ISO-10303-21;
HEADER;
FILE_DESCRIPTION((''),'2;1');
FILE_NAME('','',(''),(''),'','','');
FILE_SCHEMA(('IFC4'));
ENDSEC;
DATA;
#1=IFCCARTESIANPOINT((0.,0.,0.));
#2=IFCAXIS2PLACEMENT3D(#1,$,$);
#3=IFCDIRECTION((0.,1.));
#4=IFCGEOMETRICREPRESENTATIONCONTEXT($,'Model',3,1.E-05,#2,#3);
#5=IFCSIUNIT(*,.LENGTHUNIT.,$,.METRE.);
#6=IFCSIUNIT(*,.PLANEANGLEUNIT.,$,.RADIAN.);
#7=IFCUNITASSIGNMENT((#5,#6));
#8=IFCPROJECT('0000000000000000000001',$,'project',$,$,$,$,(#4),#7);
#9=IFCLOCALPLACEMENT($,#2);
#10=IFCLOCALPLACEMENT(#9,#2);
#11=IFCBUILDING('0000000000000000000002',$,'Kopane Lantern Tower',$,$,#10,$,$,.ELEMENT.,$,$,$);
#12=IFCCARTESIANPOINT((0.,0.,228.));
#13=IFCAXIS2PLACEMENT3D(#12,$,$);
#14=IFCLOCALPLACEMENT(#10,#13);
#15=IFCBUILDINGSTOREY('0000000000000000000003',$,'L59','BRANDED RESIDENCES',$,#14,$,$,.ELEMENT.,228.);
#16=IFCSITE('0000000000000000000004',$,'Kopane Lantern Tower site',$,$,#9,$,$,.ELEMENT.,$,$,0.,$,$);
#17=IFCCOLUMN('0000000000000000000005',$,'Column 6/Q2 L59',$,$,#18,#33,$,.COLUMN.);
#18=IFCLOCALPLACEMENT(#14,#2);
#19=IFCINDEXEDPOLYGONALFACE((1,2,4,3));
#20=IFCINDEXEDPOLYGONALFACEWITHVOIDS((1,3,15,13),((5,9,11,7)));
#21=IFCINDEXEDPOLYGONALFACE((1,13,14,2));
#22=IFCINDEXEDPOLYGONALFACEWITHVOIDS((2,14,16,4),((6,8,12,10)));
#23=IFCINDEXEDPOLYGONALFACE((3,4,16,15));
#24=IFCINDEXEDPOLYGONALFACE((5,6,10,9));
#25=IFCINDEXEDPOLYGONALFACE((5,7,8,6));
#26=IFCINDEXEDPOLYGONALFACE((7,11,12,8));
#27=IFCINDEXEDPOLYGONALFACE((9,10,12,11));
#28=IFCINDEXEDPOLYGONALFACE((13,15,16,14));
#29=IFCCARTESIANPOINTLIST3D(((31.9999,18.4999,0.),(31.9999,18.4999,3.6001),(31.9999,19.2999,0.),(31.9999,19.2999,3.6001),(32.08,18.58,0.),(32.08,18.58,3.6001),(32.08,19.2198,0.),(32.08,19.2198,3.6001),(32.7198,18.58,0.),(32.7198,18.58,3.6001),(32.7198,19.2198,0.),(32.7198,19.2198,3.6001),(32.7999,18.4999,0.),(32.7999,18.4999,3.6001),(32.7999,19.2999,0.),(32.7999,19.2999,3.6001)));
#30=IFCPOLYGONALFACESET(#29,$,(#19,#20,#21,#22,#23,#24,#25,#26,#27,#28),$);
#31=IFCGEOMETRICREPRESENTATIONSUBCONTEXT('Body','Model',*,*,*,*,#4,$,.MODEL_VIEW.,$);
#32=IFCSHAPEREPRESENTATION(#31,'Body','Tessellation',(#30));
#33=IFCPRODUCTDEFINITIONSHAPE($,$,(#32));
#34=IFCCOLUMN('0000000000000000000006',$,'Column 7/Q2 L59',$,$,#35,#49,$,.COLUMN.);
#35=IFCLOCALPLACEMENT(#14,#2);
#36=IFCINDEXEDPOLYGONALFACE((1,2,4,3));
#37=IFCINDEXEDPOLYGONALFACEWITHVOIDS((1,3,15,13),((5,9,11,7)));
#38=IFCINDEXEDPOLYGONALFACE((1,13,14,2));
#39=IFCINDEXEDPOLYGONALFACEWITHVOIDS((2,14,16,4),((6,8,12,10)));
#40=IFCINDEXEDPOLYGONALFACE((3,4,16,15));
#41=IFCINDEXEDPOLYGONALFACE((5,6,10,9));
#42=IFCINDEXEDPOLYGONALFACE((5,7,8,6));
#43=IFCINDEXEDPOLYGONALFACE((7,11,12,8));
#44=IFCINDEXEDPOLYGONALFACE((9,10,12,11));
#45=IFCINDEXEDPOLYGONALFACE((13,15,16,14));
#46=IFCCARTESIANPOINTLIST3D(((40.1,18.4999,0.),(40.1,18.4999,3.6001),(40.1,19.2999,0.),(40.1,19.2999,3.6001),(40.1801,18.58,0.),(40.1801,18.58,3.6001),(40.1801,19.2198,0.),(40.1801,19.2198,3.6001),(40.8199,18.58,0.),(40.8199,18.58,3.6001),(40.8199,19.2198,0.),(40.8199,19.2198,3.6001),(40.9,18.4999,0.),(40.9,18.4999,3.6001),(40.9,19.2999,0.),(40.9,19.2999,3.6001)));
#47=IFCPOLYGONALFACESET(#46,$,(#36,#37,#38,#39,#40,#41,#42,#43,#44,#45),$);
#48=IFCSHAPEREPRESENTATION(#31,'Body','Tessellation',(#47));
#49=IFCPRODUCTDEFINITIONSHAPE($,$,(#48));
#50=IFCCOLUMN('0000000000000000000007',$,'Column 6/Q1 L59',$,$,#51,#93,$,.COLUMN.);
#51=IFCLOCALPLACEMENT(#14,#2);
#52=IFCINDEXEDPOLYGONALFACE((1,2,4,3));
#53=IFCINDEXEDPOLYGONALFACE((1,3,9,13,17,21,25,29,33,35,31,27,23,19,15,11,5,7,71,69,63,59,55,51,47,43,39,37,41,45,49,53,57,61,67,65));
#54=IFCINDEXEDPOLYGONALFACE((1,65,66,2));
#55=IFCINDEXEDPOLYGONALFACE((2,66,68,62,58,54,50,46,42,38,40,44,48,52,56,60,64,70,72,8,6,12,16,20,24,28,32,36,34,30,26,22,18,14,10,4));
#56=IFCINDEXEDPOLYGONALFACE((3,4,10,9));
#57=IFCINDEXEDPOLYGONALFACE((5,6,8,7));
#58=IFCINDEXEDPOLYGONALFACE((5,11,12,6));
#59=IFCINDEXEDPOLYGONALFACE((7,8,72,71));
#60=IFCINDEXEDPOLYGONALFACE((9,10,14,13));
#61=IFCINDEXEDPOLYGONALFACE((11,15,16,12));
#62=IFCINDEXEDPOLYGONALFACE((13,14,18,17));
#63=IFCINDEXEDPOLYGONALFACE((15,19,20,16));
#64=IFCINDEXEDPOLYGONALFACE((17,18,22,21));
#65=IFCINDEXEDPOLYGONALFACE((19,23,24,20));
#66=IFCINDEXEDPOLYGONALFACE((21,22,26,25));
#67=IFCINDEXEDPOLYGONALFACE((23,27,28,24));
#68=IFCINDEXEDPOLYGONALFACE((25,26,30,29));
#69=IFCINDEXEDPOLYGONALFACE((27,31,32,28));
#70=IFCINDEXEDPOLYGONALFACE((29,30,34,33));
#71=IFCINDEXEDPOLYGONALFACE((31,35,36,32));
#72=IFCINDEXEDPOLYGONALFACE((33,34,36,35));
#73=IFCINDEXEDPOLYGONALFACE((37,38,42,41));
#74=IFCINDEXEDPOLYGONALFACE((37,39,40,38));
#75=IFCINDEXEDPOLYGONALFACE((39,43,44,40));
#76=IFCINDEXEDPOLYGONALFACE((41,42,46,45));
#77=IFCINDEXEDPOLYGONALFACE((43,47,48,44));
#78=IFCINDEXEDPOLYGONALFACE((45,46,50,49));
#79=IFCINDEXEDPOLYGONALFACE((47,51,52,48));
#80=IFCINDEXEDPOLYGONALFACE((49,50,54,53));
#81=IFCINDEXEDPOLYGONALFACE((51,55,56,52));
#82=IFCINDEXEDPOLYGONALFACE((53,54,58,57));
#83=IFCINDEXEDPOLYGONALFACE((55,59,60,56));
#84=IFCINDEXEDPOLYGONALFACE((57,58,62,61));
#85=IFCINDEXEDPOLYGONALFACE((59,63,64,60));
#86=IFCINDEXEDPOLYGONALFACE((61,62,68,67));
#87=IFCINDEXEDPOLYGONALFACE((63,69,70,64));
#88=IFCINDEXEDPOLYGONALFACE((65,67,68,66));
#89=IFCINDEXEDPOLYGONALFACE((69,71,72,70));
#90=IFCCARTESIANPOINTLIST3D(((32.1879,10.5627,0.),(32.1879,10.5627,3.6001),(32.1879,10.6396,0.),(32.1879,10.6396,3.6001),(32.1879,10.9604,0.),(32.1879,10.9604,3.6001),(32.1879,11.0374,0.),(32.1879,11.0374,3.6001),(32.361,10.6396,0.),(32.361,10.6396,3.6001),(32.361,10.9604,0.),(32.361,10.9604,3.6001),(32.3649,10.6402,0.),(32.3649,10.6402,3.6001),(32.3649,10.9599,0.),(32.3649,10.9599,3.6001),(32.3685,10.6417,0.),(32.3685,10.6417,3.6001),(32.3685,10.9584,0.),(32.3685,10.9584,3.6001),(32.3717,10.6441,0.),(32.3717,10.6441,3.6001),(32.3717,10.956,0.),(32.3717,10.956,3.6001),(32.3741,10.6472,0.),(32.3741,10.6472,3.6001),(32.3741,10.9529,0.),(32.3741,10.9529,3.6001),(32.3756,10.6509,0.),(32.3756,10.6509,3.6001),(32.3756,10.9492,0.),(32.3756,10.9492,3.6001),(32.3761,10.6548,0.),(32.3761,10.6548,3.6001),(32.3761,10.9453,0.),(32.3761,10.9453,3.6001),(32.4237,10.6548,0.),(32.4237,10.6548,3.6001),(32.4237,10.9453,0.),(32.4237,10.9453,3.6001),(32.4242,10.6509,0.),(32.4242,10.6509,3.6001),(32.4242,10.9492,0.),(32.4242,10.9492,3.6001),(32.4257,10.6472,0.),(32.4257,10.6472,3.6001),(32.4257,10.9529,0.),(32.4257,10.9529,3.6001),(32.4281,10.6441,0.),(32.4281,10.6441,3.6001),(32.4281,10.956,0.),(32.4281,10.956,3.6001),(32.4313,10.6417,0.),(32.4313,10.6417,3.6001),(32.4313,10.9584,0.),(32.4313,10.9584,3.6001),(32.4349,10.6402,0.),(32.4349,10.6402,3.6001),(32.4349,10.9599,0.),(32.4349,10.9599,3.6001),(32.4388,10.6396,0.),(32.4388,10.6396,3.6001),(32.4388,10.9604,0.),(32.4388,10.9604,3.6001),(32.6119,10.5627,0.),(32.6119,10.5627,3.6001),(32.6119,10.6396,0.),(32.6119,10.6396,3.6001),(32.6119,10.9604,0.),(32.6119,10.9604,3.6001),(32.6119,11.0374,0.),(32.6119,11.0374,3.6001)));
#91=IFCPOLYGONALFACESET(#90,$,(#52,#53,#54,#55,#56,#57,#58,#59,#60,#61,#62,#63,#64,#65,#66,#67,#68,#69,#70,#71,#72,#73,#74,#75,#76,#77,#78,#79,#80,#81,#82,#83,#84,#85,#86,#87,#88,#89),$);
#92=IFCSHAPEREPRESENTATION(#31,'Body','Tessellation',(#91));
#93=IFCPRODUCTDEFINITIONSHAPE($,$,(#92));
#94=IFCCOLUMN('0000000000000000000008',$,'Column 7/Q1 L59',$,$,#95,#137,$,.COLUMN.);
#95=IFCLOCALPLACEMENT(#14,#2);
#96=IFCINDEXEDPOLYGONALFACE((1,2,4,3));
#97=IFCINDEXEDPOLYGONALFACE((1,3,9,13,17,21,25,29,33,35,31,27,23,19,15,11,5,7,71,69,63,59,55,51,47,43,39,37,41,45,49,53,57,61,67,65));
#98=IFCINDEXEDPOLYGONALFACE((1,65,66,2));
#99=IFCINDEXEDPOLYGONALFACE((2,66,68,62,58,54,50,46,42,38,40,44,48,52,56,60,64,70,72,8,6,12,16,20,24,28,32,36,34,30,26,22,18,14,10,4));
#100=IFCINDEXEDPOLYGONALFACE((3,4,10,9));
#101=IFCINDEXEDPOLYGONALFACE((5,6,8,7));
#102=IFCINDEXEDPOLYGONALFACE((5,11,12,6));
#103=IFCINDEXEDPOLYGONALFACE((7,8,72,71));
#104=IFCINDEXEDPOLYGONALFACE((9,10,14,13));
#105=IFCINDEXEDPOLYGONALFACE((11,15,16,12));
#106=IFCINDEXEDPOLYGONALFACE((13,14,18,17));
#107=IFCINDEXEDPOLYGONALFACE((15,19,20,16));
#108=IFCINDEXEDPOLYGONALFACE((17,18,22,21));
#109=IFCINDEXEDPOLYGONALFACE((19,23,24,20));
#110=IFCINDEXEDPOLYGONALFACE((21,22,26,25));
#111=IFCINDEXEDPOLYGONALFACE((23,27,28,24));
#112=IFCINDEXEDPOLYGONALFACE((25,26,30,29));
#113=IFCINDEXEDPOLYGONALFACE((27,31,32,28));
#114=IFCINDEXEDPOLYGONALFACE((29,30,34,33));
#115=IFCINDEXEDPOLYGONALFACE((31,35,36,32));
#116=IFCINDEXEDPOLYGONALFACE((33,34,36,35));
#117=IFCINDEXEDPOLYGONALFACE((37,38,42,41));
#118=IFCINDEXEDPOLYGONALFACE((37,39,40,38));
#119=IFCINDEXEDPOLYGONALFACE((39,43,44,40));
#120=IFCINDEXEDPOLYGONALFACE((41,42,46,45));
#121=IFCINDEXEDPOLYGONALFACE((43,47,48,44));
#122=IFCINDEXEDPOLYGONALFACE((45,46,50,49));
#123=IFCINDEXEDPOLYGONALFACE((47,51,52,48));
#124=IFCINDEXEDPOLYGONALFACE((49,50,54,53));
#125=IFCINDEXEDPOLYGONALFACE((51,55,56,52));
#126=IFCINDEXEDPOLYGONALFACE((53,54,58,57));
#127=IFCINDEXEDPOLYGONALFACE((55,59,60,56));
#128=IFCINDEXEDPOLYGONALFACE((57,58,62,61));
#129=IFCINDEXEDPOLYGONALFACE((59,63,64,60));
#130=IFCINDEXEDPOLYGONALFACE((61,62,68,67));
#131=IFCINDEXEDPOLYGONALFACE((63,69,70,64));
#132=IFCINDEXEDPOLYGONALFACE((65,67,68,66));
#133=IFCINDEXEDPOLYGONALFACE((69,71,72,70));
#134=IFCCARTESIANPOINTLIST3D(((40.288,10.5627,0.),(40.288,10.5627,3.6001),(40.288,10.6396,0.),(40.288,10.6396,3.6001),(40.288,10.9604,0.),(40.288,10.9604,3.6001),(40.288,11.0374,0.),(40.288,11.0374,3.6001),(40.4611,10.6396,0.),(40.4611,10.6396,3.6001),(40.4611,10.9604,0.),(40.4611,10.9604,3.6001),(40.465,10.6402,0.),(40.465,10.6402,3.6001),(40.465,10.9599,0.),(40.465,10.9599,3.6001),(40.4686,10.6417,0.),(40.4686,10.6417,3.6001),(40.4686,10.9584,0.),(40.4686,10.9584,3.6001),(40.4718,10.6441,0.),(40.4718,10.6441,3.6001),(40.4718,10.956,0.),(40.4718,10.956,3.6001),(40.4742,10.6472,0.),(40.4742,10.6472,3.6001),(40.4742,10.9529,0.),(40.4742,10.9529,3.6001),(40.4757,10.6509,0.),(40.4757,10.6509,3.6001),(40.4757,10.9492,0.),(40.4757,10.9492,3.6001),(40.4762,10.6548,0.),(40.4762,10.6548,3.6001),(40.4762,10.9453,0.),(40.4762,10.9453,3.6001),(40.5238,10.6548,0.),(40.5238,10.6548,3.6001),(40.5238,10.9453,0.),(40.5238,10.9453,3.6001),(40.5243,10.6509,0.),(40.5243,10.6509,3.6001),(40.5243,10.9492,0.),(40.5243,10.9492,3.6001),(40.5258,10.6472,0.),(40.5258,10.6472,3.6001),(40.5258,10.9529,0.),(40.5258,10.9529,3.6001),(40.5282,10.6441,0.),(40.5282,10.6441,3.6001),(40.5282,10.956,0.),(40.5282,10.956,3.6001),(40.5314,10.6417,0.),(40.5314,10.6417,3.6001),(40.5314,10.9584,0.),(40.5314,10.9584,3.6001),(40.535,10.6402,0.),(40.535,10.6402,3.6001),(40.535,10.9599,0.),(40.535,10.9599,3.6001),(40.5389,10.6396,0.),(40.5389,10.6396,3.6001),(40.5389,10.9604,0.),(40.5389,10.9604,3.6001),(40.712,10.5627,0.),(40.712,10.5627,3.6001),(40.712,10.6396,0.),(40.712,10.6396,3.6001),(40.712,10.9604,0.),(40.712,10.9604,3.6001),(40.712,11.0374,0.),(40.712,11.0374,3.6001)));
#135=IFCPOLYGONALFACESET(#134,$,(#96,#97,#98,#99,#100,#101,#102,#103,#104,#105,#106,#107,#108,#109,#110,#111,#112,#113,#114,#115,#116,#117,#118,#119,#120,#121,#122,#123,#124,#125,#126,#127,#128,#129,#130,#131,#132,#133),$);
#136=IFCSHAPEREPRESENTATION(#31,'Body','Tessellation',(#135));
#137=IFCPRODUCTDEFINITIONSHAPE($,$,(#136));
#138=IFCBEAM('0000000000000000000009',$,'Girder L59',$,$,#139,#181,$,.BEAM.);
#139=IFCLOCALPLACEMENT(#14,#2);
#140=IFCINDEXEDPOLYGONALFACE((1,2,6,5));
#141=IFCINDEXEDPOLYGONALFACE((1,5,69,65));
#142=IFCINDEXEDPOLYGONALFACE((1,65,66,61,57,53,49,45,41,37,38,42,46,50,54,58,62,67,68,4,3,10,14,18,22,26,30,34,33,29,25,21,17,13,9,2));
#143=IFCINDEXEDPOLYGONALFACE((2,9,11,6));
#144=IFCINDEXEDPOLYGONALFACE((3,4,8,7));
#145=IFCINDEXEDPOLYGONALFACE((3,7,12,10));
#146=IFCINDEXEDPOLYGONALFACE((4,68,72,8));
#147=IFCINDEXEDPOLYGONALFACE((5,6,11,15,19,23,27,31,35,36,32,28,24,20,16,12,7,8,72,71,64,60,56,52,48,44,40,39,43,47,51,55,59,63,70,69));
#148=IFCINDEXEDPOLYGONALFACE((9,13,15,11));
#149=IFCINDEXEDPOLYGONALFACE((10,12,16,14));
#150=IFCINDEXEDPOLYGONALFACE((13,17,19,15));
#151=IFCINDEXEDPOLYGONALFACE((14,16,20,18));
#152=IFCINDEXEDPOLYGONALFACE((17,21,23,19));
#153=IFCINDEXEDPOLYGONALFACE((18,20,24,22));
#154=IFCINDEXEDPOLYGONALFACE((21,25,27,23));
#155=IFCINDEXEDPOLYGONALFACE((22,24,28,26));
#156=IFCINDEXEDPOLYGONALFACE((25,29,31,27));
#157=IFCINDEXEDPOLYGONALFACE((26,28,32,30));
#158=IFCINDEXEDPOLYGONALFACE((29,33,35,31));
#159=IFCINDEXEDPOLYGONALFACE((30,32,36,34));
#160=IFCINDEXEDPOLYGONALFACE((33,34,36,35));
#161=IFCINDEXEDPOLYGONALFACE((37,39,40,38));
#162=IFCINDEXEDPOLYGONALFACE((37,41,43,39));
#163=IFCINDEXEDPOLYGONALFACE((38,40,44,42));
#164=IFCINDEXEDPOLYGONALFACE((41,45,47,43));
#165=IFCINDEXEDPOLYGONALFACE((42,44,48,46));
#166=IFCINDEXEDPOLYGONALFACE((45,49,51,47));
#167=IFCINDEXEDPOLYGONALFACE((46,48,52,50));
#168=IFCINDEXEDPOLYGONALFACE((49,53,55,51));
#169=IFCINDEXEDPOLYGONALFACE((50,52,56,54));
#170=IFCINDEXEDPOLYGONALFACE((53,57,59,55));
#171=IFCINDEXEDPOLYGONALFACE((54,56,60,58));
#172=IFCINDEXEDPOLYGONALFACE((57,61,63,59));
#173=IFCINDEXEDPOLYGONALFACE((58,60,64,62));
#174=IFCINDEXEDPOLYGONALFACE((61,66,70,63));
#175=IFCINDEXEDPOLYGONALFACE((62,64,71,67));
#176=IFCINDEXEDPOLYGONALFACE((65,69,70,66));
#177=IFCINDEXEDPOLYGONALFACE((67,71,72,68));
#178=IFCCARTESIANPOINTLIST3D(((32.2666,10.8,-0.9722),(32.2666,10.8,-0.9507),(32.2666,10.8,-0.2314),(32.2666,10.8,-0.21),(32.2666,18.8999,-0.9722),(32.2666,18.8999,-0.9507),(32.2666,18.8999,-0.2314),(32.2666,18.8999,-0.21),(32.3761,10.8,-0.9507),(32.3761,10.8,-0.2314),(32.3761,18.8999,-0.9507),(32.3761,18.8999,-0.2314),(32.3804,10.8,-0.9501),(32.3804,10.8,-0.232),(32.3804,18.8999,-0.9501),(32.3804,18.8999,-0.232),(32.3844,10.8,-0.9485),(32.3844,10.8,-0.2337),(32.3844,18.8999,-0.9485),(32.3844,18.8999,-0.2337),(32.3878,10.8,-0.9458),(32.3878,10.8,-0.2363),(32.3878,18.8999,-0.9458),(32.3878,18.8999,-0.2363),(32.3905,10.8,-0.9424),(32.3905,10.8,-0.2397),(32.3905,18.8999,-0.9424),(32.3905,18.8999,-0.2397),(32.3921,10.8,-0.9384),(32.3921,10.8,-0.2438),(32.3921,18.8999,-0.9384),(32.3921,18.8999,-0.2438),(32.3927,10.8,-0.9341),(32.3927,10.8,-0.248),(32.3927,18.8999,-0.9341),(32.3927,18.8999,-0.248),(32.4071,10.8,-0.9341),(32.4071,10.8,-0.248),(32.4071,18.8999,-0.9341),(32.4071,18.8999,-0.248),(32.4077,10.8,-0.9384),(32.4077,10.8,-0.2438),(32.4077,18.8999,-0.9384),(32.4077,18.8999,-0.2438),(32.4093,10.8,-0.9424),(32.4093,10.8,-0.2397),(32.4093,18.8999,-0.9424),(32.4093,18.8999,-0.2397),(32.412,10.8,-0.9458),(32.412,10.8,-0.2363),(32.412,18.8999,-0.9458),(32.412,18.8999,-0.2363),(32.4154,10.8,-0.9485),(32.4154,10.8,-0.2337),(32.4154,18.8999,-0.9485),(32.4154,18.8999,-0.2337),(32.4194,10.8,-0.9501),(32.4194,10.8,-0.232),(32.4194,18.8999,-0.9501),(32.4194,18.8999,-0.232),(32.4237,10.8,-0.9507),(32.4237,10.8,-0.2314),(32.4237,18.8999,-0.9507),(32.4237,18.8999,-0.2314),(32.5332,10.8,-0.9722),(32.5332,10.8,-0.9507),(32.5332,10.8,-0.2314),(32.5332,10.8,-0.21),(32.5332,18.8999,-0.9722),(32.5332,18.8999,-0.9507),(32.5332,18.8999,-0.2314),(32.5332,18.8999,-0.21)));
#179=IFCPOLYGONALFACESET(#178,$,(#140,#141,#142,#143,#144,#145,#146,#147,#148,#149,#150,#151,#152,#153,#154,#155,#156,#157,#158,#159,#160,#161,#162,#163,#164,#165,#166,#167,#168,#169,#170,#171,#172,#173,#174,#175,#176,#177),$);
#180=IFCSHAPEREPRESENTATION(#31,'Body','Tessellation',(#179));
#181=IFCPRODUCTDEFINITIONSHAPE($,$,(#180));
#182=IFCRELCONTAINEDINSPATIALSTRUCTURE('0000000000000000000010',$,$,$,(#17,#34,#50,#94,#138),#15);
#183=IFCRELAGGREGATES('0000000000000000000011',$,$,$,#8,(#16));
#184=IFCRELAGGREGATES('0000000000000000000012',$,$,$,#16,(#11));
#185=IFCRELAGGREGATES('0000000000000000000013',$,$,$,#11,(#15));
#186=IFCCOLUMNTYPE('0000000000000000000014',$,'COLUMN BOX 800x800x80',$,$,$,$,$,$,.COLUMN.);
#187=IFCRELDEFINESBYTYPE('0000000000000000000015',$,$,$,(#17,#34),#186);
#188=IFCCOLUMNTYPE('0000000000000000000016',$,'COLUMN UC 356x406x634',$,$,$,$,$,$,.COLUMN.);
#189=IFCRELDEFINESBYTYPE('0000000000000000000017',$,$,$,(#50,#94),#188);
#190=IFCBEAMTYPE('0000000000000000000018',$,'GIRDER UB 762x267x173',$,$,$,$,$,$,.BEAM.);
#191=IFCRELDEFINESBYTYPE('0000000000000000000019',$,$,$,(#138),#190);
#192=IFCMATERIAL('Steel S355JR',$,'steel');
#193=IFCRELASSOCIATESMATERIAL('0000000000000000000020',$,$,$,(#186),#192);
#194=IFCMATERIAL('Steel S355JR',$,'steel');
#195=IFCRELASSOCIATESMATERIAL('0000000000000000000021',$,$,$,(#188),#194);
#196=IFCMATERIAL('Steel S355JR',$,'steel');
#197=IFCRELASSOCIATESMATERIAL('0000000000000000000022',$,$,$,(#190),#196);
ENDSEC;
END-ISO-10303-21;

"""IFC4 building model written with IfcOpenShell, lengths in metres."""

from ifc_helpers import new_model, si_unit, direction, frame, origin, origin_2d, place, context, subcontext, project, spatial, hollow_rectangle, i_section, extrude, material, material_profile, profile_set, type_object, element, save


model = new_model("IFC4")

# Units and contexts
model_context = context("Model", 3, precision=1e-05, world=origin(), true_north=direction((0.0, 1.0)))
body_context = subcontext(model_context, "Body", "Model", "MODEL_VIEW")
ifc_project = project(units=[si_unit("LENGTHUNIT", "METRE"), si_unit("PLANEANGLEUNIT", "RADIAN")], contexts=[model_context])

# Site, building, storey
site_placement = place(None, origin())
site = spatial("IfcSite", under=ifc_project, at=site_placement, Name="Kopane Lantern Tower site", CompositionType="ELEMENT", RefElevation=0.0)
building_placement = place(site_placement, origin())
building = spatial("IfcBuilding", under=site, at=building_placement, Name="Kopane Lantern Tower", CompositionType="ELEMENT")
storey_placement = place(building_placement, frame((0.0, 0.0, 228.0)))
storey = spatial("IfcBuildingStorey", under=building, at=storey_placement, Name="L59", Description="BRANDED RESIDENCES", CompositionType="ELEMENT", Elevation=228.0)

# Columns
ifc_material_1 = material(Name="Steel S355JR", Category="steel")
ifc_material_profile_1 = material_profile(ifc_material_1, hollow_rectangle(XDim=0.8, YDim=0.8, WallThickness=0.0801, at=origin_2d()), Name="BOX 800x800x80")
ifc_profile_set_1 = profile_set([ifc_material_profile_1], Name="Steel S355JR")
column_type_1 = type_object("IfcColumnType", Name="COLUMN BOX 800x800x80", PredefinedType="COLUMN", material=ifc_profile_set_1)
for number, where, z_axis, x_axis, name in (
    (1, (32.3999, 18.8999, 0.0), (0.0, 0.0, 1.0), (1.0, 0.0, 0.0), "Column 6/Q2 L59"),
    (2, (40.5, 18.8999, 0.0), (0.0, 0.0, 1.0), (1.0, 0.0, 0.0), "Column 7/Q2 L59"),
):
    element("IfcColumn", number, at=place(storey_placement, frame(where, z_axis=z_axis, x_axis=x_axis)), inside=storey, type_object=column_type_1, Name=name, PredefinedType="COLUMN", context=body_context, shape_type="SweptSolid", body=[
        extrude(hollow_rectangle(XDim=0.8, YDim=0.8, WallThickness=0.0801, at=origin_2d()), origin(), (0.0, 0.0, 1.0), 3.6001),
    ])
ifc_material_2 = material(Name="Steel S355JR", Category="steel")
ifc_material_profile_2 = material_profile(ifc_material_2, i_section(OverallWidth=0.4241, OverallDepth=0.4746, WebThickness=0.0476, FlangeThickness=0.0769, FilletRadius=0.0151, at=origin_2d()), Name="UC 356x406x634")
ifc_profile_set_2 = profile_set([ifc_material_profile_2], Name="Steel S355JR")
column_type_2 = type_object("IfcColumnType", Name="COLUMN UC 356x406x634", PredefinedType="COLUMN", material=ifc_profile_set_2)
for number, where, z_axis, x_axis, name in (
    (3, (32.3999, 10.8, 0.0), (0.0, 0.0, 1.0), (1.0, 0.0, 0.0), "Column 6/Q1 L59"),
    (4, (40.5, 10.8, 0.0), (0.0, 0.0, 1.0), (1.0, 0.0, 0.0), "Column 7/Q1 L59"),
):
    element("IfcColumn", number, at=place(storey_placement, frame(where, z_axis=z_axis, x_axis=x_axis)), inside=storey, type_object=column_type_2, Name=name, PredefinedType="COLUMN", context=body_context, shape_type="SweptSolid", body=[
        extrude(i_section(OverallWidth=0.4241, OverallDepth=0.4746, WebThickness=0.0476, FlangeThickness=0.0769, FilletRadius=0.0151, at=origin_2d()), origin(), (0.0, 0.0, 1.0), 3.6001),
    ])

# Beam
ifc_material_3 = material(Name="Steel S355JR", Category="steel")
ifc_material_profile_3 = material_profile(ifc_material_3, i_section(OverallWidth=0.2666, OverallDepth=0.7622, WebThickness=0.0144, FlangeThickness=0.0215, FilletRadius=0.0166, at=origin_2d()), Name="UB 762x267x173")
ifc_profile_set_3 = profile_set([ifc_material_profile_3], Name="Steel S355JR")
beam_type = type_object("IfcBeamType", Name="GIRDER UB 762x267x173", PredefinedType="BEAM", material=ifc_profile_set_3)
beam_1_placement = place(storey_placement, frame((32.3999, 10.8, -0.5911), z_axis=(0.0, 1.0, 0.0), x_axis=(-1.0, 0.0, 0.0)))
element("IfcBeam", 5, at=beam_1_placement, inside=storey, type_object=beam_type, Name="Girder L59", PredefinedType="BEAM", context=body_context, shape_type="SweptSolid", body=[
    extrude(i_section(OverallWidth=0.2666, OverallDepth=0.7622, WebThickness=0.0144, FlangeThickness=0.0215, FilletRadius=0.0166, at=origin_2d()), origin(), (0.0, 0.0, 1.0), 8.0999),
])

save(model, "model.ifc")
